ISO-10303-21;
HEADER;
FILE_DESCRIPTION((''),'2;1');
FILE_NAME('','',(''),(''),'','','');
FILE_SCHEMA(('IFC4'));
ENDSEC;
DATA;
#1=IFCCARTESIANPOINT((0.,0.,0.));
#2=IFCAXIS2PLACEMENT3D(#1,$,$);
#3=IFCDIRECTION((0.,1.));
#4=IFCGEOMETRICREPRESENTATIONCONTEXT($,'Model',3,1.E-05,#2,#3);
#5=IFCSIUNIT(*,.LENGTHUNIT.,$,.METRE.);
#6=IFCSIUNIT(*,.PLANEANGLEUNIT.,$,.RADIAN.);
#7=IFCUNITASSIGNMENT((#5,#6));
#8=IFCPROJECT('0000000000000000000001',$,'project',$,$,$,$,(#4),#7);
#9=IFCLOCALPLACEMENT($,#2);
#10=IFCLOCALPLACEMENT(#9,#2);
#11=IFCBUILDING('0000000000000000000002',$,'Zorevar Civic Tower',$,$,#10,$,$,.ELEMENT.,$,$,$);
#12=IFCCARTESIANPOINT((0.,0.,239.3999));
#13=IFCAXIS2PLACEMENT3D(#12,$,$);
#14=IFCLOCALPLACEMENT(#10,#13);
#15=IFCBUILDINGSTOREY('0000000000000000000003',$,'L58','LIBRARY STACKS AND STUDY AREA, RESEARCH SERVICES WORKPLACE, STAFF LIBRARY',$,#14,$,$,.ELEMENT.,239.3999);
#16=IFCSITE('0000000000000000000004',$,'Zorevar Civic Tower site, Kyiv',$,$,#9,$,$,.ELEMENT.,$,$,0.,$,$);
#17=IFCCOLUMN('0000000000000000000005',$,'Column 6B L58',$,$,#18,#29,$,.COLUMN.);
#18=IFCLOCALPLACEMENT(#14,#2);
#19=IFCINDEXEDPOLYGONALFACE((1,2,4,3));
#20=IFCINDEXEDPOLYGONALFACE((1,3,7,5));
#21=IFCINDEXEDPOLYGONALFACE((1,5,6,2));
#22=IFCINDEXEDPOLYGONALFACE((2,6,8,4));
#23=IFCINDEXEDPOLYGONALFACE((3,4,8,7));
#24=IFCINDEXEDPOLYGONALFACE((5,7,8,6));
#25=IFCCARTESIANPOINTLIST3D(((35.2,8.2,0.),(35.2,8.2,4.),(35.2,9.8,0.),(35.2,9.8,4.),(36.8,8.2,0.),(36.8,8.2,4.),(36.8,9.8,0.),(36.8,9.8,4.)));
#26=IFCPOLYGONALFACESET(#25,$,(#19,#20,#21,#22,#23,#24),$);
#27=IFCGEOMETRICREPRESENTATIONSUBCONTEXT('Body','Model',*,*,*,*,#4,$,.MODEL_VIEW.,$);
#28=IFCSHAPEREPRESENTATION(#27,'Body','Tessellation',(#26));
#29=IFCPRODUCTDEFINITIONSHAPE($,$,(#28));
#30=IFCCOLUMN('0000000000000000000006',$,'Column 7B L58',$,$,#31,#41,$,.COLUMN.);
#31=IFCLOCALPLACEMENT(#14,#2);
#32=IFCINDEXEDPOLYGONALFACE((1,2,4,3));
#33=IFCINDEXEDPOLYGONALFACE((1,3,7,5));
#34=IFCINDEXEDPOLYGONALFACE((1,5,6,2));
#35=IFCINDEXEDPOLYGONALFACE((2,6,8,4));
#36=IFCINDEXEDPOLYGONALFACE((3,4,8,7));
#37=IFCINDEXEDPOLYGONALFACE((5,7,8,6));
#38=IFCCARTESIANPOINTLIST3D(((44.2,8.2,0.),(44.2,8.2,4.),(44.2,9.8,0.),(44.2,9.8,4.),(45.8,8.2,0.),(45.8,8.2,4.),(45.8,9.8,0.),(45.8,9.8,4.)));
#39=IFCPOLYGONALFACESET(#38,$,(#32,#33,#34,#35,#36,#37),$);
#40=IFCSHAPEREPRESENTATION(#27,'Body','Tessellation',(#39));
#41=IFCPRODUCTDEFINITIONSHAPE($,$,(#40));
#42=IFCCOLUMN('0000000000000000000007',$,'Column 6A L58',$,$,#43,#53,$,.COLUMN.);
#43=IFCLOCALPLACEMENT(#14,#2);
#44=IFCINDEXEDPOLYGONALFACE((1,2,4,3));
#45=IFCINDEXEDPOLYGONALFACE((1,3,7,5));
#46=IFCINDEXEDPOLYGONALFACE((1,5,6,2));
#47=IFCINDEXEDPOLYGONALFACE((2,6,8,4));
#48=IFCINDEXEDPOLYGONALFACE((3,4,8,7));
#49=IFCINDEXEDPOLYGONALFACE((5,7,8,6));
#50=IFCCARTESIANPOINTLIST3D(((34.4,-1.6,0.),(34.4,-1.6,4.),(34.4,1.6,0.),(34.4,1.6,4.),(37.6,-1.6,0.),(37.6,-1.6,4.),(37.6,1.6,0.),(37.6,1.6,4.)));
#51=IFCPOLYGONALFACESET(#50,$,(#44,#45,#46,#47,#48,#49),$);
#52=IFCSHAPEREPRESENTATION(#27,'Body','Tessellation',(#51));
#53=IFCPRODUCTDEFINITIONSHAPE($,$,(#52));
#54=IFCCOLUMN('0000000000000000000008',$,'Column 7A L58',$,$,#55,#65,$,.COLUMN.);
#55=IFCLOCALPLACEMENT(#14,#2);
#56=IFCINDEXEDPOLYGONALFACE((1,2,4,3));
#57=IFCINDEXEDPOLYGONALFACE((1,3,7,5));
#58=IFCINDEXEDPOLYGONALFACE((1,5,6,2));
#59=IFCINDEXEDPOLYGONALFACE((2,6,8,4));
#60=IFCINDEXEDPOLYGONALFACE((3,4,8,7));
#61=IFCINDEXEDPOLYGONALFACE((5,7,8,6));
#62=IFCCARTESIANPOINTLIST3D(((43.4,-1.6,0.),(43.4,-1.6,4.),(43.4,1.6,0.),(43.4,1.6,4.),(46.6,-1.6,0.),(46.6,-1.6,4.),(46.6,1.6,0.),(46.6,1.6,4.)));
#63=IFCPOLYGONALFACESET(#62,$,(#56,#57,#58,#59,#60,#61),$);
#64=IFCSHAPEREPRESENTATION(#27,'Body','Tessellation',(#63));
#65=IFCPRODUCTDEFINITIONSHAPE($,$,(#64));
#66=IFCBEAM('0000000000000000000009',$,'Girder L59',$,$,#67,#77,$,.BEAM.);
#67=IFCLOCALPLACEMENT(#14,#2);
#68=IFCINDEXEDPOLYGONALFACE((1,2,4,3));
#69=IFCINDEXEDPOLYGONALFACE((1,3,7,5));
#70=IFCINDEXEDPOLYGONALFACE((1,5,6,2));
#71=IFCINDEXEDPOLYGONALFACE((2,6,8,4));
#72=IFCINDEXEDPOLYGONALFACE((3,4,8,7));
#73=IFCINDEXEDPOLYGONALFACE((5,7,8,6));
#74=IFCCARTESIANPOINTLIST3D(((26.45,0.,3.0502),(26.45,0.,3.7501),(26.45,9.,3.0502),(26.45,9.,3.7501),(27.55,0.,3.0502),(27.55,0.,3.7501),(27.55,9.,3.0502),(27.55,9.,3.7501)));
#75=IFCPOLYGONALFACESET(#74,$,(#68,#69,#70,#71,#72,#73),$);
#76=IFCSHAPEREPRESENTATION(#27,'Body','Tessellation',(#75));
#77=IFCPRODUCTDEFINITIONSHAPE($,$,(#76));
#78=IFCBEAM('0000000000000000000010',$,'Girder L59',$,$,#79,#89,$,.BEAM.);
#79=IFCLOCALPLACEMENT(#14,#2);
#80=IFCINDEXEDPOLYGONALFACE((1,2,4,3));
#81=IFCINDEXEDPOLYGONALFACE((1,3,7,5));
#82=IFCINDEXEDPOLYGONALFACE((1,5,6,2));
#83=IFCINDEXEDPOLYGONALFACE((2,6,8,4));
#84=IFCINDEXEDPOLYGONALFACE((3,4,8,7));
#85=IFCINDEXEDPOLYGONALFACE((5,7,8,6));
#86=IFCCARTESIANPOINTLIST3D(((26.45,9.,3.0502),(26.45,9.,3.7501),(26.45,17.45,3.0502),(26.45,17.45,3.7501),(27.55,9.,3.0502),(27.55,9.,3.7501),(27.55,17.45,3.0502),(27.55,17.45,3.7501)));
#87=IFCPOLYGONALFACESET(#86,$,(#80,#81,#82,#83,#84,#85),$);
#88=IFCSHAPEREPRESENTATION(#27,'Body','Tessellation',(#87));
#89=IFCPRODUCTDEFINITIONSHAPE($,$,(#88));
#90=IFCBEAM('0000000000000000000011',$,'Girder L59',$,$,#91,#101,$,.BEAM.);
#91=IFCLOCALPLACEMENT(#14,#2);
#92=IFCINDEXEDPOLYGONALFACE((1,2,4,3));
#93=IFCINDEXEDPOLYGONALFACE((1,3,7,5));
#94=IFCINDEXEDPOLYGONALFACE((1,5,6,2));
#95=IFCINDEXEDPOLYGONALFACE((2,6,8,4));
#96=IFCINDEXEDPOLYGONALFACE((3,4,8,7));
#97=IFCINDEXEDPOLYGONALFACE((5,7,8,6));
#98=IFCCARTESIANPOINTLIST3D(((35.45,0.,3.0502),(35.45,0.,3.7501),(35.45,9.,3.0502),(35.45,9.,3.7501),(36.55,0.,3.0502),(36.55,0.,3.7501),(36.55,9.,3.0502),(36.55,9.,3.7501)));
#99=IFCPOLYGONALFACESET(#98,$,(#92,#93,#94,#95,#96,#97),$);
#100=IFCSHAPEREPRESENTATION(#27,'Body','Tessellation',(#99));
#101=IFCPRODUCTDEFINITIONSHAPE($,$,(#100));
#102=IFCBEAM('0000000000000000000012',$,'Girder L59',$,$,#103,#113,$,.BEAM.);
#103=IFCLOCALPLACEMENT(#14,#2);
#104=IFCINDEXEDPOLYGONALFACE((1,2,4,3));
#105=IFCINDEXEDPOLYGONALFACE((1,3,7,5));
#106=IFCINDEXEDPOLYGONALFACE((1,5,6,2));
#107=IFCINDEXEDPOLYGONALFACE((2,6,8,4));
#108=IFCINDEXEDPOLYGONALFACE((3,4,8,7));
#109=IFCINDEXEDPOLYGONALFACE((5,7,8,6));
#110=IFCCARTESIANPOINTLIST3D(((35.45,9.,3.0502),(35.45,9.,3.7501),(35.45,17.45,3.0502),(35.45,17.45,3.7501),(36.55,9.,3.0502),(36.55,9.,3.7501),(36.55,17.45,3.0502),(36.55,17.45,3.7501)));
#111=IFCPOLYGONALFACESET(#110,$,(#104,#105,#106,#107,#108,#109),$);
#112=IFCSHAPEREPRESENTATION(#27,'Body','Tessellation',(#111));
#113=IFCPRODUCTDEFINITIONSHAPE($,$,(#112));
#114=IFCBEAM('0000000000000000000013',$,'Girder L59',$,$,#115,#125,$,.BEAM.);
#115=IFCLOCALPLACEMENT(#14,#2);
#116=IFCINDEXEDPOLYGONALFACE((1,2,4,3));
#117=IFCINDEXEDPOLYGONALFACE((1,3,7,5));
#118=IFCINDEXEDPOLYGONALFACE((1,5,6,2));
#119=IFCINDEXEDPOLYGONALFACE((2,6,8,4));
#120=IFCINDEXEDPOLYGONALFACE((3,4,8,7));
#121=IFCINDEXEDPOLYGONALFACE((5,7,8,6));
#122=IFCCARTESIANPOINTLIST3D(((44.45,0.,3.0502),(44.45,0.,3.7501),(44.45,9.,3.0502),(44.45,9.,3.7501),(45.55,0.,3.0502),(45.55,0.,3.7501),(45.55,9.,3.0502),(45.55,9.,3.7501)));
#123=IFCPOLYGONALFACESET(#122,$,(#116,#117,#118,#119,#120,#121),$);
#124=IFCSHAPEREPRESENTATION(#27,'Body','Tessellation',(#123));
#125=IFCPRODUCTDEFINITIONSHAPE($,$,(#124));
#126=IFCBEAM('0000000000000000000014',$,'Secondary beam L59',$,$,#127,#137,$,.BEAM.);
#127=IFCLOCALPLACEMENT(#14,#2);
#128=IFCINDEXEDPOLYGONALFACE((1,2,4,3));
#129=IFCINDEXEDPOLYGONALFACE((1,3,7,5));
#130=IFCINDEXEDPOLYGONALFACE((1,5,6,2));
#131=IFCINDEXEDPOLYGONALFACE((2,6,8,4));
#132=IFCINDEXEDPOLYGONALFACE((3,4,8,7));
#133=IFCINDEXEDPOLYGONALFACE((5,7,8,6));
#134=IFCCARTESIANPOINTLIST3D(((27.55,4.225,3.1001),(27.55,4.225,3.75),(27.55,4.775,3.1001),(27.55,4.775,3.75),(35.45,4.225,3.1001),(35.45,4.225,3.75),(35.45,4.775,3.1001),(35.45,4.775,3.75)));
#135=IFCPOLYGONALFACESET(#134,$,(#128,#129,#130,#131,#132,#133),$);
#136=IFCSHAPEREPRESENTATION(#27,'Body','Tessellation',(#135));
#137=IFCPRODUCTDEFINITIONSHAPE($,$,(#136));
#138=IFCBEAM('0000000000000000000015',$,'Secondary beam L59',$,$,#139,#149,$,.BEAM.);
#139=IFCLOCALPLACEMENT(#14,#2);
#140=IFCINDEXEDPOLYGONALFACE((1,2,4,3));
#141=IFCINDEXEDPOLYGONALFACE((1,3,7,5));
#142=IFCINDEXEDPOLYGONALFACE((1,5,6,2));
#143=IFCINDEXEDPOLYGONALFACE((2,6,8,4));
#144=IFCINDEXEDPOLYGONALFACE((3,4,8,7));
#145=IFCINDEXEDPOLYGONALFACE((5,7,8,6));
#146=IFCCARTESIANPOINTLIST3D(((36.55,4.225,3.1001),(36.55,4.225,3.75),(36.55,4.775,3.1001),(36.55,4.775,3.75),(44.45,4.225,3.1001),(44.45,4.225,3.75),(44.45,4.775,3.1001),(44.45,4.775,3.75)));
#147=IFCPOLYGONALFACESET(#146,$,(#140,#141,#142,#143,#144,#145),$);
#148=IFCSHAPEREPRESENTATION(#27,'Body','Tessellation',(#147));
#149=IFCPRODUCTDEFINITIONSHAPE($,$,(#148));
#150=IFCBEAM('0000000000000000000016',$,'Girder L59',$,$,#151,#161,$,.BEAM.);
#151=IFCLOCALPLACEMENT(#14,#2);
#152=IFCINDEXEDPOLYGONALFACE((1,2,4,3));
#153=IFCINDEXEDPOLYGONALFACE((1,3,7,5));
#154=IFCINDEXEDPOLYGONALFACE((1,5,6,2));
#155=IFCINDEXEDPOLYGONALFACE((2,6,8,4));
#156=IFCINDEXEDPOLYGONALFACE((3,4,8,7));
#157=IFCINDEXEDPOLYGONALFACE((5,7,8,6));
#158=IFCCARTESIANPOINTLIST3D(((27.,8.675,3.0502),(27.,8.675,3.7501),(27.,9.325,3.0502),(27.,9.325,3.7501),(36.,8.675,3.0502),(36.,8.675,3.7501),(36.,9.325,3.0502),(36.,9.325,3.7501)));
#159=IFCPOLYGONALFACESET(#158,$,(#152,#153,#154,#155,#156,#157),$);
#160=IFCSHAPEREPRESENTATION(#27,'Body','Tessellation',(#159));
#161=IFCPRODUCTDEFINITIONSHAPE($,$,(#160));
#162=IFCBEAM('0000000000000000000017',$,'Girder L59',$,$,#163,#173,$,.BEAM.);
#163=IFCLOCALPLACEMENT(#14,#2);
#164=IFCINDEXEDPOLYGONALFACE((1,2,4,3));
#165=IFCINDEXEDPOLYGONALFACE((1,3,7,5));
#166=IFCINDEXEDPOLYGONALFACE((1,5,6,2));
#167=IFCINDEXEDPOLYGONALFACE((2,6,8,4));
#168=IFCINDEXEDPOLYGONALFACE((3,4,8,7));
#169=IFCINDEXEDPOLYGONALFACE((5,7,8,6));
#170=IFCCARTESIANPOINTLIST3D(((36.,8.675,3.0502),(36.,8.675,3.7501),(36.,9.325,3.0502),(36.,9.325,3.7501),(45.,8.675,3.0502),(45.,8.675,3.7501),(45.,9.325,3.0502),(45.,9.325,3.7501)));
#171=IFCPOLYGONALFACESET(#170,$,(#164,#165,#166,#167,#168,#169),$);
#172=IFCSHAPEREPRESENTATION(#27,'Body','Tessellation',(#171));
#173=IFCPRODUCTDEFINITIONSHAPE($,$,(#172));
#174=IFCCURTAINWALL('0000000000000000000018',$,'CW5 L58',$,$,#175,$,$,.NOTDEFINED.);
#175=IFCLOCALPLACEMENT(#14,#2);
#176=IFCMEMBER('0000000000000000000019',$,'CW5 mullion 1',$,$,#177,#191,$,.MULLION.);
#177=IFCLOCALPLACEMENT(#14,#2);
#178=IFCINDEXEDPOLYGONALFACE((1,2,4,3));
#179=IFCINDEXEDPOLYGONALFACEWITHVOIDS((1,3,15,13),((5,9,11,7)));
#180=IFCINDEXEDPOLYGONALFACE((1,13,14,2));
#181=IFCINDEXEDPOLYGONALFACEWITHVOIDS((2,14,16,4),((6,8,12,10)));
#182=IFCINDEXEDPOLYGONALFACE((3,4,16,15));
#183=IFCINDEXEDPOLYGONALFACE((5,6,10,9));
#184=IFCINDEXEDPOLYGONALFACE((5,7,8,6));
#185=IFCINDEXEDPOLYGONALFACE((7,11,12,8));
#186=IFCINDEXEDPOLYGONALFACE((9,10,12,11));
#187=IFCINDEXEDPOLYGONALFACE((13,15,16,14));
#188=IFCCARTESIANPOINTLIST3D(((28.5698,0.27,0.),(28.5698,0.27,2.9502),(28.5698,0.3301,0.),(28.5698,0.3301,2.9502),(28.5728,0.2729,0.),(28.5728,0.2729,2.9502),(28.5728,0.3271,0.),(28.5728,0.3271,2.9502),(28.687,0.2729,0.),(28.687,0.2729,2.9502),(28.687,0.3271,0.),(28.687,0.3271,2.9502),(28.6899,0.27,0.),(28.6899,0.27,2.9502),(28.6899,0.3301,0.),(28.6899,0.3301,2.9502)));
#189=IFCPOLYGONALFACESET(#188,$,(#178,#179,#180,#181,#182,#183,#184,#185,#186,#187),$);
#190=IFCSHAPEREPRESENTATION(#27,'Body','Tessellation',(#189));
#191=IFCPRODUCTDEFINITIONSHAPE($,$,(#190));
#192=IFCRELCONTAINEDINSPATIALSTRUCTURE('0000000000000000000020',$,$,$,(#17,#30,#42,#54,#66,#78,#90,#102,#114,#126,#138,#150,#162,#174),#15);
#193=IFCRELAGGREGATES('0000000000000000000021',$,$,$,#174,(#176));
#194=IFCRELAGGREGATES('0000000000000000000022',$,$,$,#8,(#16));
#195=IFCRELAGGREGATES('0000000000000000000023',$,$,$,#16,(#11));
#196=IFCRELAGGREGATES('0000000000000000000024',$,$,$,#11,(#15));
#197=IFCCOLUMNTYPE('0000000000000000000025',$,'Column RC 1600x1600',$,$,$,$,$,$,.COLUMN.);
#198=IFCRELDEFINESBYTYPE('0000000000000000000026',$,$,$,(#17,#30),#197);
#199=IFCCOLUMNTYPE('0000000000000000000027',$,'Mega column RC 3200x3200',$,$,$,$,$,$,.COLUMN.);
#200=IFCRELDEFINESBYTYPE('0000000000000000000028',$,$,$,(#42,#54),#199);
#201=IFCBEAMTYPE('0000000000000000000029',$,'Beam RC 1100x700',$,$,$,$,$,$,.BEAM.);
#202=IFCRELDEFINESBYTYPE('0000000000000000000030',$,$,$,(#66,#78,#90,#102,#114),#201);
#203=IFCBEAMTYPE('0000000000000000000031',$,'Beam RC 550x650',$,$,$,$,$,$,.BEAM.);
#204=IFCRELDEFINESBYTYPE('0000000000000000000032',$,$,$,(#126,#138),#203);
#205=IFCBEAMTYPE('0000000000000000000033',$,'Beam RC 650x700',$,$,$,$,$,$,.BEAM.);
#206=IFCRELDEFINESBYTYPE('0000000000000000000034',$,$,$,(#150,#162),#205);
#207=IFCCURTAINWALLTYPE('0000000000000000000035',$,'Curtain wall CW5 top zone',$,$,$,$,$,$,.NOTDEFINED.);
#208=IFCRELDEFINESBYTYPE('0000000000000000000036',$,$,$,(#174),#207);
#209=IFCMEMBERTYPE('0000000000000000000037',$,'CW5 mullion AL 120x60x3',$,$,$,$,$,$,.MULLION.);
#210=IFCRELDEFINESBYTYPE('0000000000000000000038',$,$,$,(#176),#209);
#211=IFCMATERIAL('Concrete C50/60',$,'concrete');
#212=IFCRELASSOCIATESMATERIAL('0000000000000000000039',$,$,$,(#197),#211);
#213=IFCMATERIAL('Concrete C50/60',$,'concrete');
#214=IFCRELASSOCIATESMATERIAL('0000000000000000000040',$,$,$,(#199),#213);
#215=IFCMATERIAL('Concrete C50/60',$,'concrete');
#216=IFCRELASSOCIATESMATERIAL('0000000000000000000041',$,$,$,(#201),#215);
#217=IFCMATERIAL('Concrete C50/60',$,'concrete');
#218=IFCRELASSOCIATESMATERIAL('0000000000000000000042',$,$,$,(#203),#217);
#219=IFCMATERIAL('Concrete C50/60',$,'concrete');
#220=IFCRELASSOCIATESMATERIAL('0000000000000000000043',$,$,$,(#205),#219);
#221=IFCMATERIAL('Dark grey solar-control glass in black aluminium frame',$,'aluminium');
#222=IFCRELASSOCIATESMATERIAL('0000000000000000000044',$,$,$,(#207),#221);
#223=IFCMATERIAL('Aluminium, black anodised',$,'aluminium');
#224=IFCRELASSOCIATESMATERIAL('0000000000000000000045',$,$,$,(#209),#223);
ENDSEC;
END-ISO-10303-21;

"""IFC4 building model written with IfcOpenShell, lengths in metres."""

from ifc_helpers import new_model, si_unit, direction, frame, origin, origin_2d, place, context, subcontext, project, spatial, rectangle, hollow_rectangle, extrude, material, material_profile, profile_set, type_object, element, aggregate, save


model = new_model("IFC4")

# Units and contexts
model_context = context("Model", 3, precision=1e-05, world=origin(), true_north=direction((0.0, 1.0)))
body_context = subcontext(model_context, "Body", "Model", "MODEL_VIEW")
ifc_project = project(units=[si_unit("LENGTHUNIT", "METRE"), si_unit("PLANEANGLEUNIT", "RADIAN")], contexts=[model_context])

# Site, building, storey
site_placement = place(None, origin())
site = spatial("IfcSite", under=ifc_project, at=site_placement, Name="Zorevar Civic Tower site, Kyiv", CompositionType="ELEMENT", RefElevation=0.0)
building_placement = place(site_placement, origin())
building = spatial("IfcBuilding", under=site, at=building_placement, Name="Zorevar Civic Tower", CompositionType="ELEMENT")
storey_placement = place(building_placement, frame((0.0, 0.0, 239.3999)))
storey = spatial("IfcBuildingStorey", under=building, at=storey_placement, Name="L58", Description="LIBRARY STACKS AND STUDY AREA, RESEARCH SERVICES WORKPLACE, STAFF LIBRARY", CompositionType="ELEMENT", Elevation=239.3999)

# Columns
ifc_material_1 = material(Name="Concrete C50/60", Category="concrete")
ifc_material_profile_1 = material_profile(ifc_material_1, rectangle(XDim=1.6001, YDim=1.6001, at=origin_2d()), Name="RC 1600x1600")
ifc_profile_set_1 = profile_set([ifc_material_profile_1], Name="Concrete C50/60")
column_type_1 = type_object("IfcColumnType", Name="Column RC 1600x1600", PredefinedType="COLUMN", material=ifc_profile_set_1)
for number, where, z_axis, x_axis, name in (
    (1, (36.0, 9.0, 0.0), (0.0, 0.0, 1.0), (1.0, 0.0, 0.0), "Column 6B L58"),
    (2, (45.0, 9.0, 0.0), (0.0, 0.0, 1.0), (1.0, 0.0, 0.0), "Column 7B L58"),
):
    element("IfcColumn", number, at=place(storey_placement, frame(where, z_axis=z_axis, x_axis=x_axis)), inside=storey, type_object=column_type_1, Name=name, PredefinedType="COLUMN", context=body_context, shape_type="SweptSolid", body=[
        extrude(rectangle(XDim=1.6001, YDim=1.6001, at=origin_2d()), origin(), (0.0, 0.0, 1.0), 4.0),
    ])
ifc_material_2 = material(Name="Concrete C50/60", Category="concrete")
ifc_material_profile_2 = material_profile(ifc_material_2, rectangle(XDim=3.2, YDim=3.2, at=origin_2d()), Name="RC 3200x3200")
ifc_profile_set_2 = profile_set([ifc_material_profile_2], Name="Concrete C50/60")
column_type_2 = type_object("IfcColumnType", Name="Mega column RC 3200x3200", PredefinedType="COLUMN", material=ifc_profile_set_2)
for number, where, z_axis, x_axis, name in (
    (3, (36.0, 0.0, 0.0), (0.0, 0.0, 1.0), (1.0, 0.0, 0.0), "Column 6A L58"),
    (4, (45.0, 0.0, 0.0), (0.0, 0.0, 1.0), (1.0, 0.0, 0.0), "Column 7A L58"),
):
    element("IfcColumn", number, at=place(storey_placement, frame(where, z_axis=z_axis, x_axis=x_axis)), inside=storey, type_object=column_type_2, Name=name, PredefinedType="COLUMN", context=body_context, shape_type="SweptSolid", body=[
        extrude(rectangle(XDim=3.2, YDim=3.2, at=origin_2d()), origin(), (0.0, 0.0, 1.0), 4.0),
    ])

# Beams
ifc_material_3 = material(Name="Concrete C50/60", Category="concrete")
ifc_material_profile_3 = material_profile(ifc_material_3, rectangle(XDim=1.1001, YDim=0.7, at=origin_2d()), Name="RC 1100x700")
ifc_profile_set_3 = profile_set([ifc_material_profile_3], Name="Concrete C50/60")
beam_type_1 = type_object("IfcBeamType", Name="Beam RC 1100x700", PredefinedType="BEAM", material=ifc_profile_set_3)
beam_1_placement = place(storey_placement, frame((27.0, 0.0, 3.4001), z_axis=(0.0, 1.0, 0.0), x_axis=(-1.0, 0.0, 0.0)))
element("IfcBeam", 5, at=beam_1_placement, inside=storey, type_object=beam_type_1, Name="Girder L59", PredefinedType="BEAM", context=body_context, shape_type="SweptSolid", body=[
    extrude(rectangle(XDim=1.1001, YDim=0.7, at=origin_2d()), origin(), (0.0, 0.0, 1.0), 9.0),
])
beam_2_placement = place(storey_placement, frame((27.0, 9.0, 3.4001), z_axis=(0.0, 1.0, 0.0), x_axis=(-1.0, 0.0, 0.0)))
element("IfcBeam", 6, at=beam_2_placement, inside=storey, type_object=beam_type_1, Name="Girder L59", PredefinedType="BEAM", context=body_context, shape_type="SweptSolid", body=[
    extrude(rectangle(XDim=1.1001, YDim=0.7, at=origin_2d()), origin(), (0.0, 0.0, 1.0), 8.45),
])
beam_3_placement = place(storey_placement, frame((36.0, 0.0, 3.4001), z_axis=(0.0, 1.0, 0.0), x_axis=(-1.0, 0.0, 0.0)))
element("IfcBeam", 7, at=beam_3_placement, inside=storey, type_object=beam_type_1, Name="Girder L59", PredefinedType="BEAM", context=body_context, shape_type="SweptSolid", body=[
    extrude(rectangle(XDim=1.1001, YDim=0.7, at=origin_2d()), origin(), (0.0, 0.0, 1.0), 9.0),
])
beam_4_placement = place(storey_placement, frame((36.0, 9.0, 3.4001), z_axis=(0.0, 1.0, 0.0), x_axis=(-1.0, 0.0, 0.0)))
element("IfcBeam", 8, at=beam_4_placement, inside=storey, type_object=beam_type_1, Name="Girder L59", PredefinedType="BEAM", context=body_context, shape_type="SweptSolid", body=[
    extrude(rectangle(XDim=1.1001, YDim=0.7, at=origin_2d()), origin(), (0.0, 0.0, 1.0), 8.45),
])
beam_5_placement = place(storey_placement, frame((45.0, 0.0, 3.4001), z_axis=(0.0, 1.0, 0.0), x_axis=(-1.0, 0.0, 0.0)))
element("IfcBeam", 9, at=beam_5_placement, inside=storey, type_object=beam_type_1, Name="Girder L59", PredefinedType="BEAM", context=body_context, shape_type="SweptSolid", body=[
    extrude(rectangle(XDim=1.1001, YDim=0.7, at=origin_2d()), origin(), (0.0, 0.0, 1.0), 9.0),
])
ifc_material_4 = material(Name="Concrete C50/60", Category="concrete")
ifc_material_profile_4 = material_profile(ifc_material_4, rectangle(XDim=0.55, YDim=0.6499, at=origin_2d()), Name="RC 550x650")
ifc_profile_set_4 = profile_set([ifc_material_profile_4], Name="Concrete C50/60")
beam_type_2 = type_object("IfcBeamType", Name="Beam RC 550x650", PredefinedType="BEAM", material=ifc_profile_set_4)
for number, where, z_axis, x_axis, name in (
    (10, (27.55, 4.5, 3.425), (1.0, 0.0, 0.0), (0.0, 1.0, 0.0), "Secondary beam L59"),
    (11, (36.55, 4.5, 3.425), (1.0, 0.0, 0.0), (0.0, 1.0, 0.0), "Secondary beam L59"),
):
    element("IfcBeam", number, at=place(storey_placement, frame(where, z_axis=z_axis, x_axis=x_axis)), inside=storey, type_object=beam_type_2, Name=name, PredefinedType="BEAM", context=body_context, shape_type="SweptSolid", body=[
        extrude(rectangle(XDim=0.55, YDim=0.6499, at=origin_2d()), origin(), (0.0, 0.0, 1.0), 7.8999),
    ])
ifc_material_5 = material(Name="Concrete C50/60", Category="concrete")
ifc_material_profile_5 = material_profile(ifc_material_5, rectangle(XDim=0.6499, YDim=0.7, at=origin_2d()), Name="RC 650x700")
ifc_profile_set_5 = profile_set([ifc_material_profile_5], Name="Concrete C50/60")
beam_type_3 = type_object("IfcBeamType", Name="Beam RC 650x700", PredefinedType="BEAM", material=ifc_profile_set_5)
for number, where, z_axis, x_axis, name in (
    (12, (27.0, 9.0, 3.4001), (1.0, 0.0, 0.0), (0.0, 1.0, 0.0), "Girder L59"),
    (13, (36.0, 9.0, 3.4001), (1.0, 0.0, 0.0), (0.0, 1.0, 0.0), "Girder L59"),
):
    element("IfcBeam", number, at=place(storey_placement, frame(where, z_axis=z_axis, x_axis=x_axis)), inside=storey, type_object=beam_type_3, Name=name, PredefinedType="BEAM", context=body_context, shape_type="SweptSolid", body=[
        extrude(rectangle(XDim=0.6499, YDim=0.7, at=origin_2d()), origin(), (0.0, 0.0, 1.0), 9.0),
    ])

# Curtain wall, member
ifc_material_6 = material(Name="Dark grey solar-control glass in black aluminium frame", Category="aluminium")
curtain_wall_type = type_object("IfcCurtainWallType", Name="Curtain wall CW5 top zone", PredefinedType="NOTDEFINED", material=ifc_material_6)
curtain_wall_1_placement = place(storey_placement, origin())
curtain_wall_1 = element("IfcCurtainWall", 14, at=curtain_wall_1_placement, inside=storey, type_object=curtain_wall_type, Name="CW5 L58", PredefinedType="NOTDEFINED")
ifc_material_7 = material(Name="Aluminium, black anodised", Category="aluminium")
ifc_material_profile_6 = material_profile(ifc_material_7, hollow_rectangle(XDim=0.0601, YDim=0.1201, WallThickness=0.0029, at=origin_2d()), Name="AL 120x60x3")
ifc_profile_set_6 = profile_set([ifc_material_profile_6], Name="Aluminium, black anodised")
member_type_1 = type_object("IfcMemberType", Name="CW5 mullion AL 120x60x3", PredefinedType="MULLION", material=ifc_profile_set_6)
member_1_placement = place(storey_placement, frame((28.6299, 0.3, 0.0), z_axis=(0.0, 0.0, 1.0), x_axis=(0.0, 1.0, 0.0)))
member_1 = element("IfcMember", 15, at=member_1_placement, type_object=member_type_1, Name="CW5 mullion 1", PredefinedType="MULLION", context=body_context, shape_type="SweptSolid", body=[
    extrude(hollow_rectangle(XDim=0.0601, YDim=0.1201, WallThickness=0.0029, at=origin_2d()), origin(), (0.0, 0.0, 1.0), 2.9502),
])

aggregate(curtain_wall_1, [member_1])

save(model, "model.ifc")
